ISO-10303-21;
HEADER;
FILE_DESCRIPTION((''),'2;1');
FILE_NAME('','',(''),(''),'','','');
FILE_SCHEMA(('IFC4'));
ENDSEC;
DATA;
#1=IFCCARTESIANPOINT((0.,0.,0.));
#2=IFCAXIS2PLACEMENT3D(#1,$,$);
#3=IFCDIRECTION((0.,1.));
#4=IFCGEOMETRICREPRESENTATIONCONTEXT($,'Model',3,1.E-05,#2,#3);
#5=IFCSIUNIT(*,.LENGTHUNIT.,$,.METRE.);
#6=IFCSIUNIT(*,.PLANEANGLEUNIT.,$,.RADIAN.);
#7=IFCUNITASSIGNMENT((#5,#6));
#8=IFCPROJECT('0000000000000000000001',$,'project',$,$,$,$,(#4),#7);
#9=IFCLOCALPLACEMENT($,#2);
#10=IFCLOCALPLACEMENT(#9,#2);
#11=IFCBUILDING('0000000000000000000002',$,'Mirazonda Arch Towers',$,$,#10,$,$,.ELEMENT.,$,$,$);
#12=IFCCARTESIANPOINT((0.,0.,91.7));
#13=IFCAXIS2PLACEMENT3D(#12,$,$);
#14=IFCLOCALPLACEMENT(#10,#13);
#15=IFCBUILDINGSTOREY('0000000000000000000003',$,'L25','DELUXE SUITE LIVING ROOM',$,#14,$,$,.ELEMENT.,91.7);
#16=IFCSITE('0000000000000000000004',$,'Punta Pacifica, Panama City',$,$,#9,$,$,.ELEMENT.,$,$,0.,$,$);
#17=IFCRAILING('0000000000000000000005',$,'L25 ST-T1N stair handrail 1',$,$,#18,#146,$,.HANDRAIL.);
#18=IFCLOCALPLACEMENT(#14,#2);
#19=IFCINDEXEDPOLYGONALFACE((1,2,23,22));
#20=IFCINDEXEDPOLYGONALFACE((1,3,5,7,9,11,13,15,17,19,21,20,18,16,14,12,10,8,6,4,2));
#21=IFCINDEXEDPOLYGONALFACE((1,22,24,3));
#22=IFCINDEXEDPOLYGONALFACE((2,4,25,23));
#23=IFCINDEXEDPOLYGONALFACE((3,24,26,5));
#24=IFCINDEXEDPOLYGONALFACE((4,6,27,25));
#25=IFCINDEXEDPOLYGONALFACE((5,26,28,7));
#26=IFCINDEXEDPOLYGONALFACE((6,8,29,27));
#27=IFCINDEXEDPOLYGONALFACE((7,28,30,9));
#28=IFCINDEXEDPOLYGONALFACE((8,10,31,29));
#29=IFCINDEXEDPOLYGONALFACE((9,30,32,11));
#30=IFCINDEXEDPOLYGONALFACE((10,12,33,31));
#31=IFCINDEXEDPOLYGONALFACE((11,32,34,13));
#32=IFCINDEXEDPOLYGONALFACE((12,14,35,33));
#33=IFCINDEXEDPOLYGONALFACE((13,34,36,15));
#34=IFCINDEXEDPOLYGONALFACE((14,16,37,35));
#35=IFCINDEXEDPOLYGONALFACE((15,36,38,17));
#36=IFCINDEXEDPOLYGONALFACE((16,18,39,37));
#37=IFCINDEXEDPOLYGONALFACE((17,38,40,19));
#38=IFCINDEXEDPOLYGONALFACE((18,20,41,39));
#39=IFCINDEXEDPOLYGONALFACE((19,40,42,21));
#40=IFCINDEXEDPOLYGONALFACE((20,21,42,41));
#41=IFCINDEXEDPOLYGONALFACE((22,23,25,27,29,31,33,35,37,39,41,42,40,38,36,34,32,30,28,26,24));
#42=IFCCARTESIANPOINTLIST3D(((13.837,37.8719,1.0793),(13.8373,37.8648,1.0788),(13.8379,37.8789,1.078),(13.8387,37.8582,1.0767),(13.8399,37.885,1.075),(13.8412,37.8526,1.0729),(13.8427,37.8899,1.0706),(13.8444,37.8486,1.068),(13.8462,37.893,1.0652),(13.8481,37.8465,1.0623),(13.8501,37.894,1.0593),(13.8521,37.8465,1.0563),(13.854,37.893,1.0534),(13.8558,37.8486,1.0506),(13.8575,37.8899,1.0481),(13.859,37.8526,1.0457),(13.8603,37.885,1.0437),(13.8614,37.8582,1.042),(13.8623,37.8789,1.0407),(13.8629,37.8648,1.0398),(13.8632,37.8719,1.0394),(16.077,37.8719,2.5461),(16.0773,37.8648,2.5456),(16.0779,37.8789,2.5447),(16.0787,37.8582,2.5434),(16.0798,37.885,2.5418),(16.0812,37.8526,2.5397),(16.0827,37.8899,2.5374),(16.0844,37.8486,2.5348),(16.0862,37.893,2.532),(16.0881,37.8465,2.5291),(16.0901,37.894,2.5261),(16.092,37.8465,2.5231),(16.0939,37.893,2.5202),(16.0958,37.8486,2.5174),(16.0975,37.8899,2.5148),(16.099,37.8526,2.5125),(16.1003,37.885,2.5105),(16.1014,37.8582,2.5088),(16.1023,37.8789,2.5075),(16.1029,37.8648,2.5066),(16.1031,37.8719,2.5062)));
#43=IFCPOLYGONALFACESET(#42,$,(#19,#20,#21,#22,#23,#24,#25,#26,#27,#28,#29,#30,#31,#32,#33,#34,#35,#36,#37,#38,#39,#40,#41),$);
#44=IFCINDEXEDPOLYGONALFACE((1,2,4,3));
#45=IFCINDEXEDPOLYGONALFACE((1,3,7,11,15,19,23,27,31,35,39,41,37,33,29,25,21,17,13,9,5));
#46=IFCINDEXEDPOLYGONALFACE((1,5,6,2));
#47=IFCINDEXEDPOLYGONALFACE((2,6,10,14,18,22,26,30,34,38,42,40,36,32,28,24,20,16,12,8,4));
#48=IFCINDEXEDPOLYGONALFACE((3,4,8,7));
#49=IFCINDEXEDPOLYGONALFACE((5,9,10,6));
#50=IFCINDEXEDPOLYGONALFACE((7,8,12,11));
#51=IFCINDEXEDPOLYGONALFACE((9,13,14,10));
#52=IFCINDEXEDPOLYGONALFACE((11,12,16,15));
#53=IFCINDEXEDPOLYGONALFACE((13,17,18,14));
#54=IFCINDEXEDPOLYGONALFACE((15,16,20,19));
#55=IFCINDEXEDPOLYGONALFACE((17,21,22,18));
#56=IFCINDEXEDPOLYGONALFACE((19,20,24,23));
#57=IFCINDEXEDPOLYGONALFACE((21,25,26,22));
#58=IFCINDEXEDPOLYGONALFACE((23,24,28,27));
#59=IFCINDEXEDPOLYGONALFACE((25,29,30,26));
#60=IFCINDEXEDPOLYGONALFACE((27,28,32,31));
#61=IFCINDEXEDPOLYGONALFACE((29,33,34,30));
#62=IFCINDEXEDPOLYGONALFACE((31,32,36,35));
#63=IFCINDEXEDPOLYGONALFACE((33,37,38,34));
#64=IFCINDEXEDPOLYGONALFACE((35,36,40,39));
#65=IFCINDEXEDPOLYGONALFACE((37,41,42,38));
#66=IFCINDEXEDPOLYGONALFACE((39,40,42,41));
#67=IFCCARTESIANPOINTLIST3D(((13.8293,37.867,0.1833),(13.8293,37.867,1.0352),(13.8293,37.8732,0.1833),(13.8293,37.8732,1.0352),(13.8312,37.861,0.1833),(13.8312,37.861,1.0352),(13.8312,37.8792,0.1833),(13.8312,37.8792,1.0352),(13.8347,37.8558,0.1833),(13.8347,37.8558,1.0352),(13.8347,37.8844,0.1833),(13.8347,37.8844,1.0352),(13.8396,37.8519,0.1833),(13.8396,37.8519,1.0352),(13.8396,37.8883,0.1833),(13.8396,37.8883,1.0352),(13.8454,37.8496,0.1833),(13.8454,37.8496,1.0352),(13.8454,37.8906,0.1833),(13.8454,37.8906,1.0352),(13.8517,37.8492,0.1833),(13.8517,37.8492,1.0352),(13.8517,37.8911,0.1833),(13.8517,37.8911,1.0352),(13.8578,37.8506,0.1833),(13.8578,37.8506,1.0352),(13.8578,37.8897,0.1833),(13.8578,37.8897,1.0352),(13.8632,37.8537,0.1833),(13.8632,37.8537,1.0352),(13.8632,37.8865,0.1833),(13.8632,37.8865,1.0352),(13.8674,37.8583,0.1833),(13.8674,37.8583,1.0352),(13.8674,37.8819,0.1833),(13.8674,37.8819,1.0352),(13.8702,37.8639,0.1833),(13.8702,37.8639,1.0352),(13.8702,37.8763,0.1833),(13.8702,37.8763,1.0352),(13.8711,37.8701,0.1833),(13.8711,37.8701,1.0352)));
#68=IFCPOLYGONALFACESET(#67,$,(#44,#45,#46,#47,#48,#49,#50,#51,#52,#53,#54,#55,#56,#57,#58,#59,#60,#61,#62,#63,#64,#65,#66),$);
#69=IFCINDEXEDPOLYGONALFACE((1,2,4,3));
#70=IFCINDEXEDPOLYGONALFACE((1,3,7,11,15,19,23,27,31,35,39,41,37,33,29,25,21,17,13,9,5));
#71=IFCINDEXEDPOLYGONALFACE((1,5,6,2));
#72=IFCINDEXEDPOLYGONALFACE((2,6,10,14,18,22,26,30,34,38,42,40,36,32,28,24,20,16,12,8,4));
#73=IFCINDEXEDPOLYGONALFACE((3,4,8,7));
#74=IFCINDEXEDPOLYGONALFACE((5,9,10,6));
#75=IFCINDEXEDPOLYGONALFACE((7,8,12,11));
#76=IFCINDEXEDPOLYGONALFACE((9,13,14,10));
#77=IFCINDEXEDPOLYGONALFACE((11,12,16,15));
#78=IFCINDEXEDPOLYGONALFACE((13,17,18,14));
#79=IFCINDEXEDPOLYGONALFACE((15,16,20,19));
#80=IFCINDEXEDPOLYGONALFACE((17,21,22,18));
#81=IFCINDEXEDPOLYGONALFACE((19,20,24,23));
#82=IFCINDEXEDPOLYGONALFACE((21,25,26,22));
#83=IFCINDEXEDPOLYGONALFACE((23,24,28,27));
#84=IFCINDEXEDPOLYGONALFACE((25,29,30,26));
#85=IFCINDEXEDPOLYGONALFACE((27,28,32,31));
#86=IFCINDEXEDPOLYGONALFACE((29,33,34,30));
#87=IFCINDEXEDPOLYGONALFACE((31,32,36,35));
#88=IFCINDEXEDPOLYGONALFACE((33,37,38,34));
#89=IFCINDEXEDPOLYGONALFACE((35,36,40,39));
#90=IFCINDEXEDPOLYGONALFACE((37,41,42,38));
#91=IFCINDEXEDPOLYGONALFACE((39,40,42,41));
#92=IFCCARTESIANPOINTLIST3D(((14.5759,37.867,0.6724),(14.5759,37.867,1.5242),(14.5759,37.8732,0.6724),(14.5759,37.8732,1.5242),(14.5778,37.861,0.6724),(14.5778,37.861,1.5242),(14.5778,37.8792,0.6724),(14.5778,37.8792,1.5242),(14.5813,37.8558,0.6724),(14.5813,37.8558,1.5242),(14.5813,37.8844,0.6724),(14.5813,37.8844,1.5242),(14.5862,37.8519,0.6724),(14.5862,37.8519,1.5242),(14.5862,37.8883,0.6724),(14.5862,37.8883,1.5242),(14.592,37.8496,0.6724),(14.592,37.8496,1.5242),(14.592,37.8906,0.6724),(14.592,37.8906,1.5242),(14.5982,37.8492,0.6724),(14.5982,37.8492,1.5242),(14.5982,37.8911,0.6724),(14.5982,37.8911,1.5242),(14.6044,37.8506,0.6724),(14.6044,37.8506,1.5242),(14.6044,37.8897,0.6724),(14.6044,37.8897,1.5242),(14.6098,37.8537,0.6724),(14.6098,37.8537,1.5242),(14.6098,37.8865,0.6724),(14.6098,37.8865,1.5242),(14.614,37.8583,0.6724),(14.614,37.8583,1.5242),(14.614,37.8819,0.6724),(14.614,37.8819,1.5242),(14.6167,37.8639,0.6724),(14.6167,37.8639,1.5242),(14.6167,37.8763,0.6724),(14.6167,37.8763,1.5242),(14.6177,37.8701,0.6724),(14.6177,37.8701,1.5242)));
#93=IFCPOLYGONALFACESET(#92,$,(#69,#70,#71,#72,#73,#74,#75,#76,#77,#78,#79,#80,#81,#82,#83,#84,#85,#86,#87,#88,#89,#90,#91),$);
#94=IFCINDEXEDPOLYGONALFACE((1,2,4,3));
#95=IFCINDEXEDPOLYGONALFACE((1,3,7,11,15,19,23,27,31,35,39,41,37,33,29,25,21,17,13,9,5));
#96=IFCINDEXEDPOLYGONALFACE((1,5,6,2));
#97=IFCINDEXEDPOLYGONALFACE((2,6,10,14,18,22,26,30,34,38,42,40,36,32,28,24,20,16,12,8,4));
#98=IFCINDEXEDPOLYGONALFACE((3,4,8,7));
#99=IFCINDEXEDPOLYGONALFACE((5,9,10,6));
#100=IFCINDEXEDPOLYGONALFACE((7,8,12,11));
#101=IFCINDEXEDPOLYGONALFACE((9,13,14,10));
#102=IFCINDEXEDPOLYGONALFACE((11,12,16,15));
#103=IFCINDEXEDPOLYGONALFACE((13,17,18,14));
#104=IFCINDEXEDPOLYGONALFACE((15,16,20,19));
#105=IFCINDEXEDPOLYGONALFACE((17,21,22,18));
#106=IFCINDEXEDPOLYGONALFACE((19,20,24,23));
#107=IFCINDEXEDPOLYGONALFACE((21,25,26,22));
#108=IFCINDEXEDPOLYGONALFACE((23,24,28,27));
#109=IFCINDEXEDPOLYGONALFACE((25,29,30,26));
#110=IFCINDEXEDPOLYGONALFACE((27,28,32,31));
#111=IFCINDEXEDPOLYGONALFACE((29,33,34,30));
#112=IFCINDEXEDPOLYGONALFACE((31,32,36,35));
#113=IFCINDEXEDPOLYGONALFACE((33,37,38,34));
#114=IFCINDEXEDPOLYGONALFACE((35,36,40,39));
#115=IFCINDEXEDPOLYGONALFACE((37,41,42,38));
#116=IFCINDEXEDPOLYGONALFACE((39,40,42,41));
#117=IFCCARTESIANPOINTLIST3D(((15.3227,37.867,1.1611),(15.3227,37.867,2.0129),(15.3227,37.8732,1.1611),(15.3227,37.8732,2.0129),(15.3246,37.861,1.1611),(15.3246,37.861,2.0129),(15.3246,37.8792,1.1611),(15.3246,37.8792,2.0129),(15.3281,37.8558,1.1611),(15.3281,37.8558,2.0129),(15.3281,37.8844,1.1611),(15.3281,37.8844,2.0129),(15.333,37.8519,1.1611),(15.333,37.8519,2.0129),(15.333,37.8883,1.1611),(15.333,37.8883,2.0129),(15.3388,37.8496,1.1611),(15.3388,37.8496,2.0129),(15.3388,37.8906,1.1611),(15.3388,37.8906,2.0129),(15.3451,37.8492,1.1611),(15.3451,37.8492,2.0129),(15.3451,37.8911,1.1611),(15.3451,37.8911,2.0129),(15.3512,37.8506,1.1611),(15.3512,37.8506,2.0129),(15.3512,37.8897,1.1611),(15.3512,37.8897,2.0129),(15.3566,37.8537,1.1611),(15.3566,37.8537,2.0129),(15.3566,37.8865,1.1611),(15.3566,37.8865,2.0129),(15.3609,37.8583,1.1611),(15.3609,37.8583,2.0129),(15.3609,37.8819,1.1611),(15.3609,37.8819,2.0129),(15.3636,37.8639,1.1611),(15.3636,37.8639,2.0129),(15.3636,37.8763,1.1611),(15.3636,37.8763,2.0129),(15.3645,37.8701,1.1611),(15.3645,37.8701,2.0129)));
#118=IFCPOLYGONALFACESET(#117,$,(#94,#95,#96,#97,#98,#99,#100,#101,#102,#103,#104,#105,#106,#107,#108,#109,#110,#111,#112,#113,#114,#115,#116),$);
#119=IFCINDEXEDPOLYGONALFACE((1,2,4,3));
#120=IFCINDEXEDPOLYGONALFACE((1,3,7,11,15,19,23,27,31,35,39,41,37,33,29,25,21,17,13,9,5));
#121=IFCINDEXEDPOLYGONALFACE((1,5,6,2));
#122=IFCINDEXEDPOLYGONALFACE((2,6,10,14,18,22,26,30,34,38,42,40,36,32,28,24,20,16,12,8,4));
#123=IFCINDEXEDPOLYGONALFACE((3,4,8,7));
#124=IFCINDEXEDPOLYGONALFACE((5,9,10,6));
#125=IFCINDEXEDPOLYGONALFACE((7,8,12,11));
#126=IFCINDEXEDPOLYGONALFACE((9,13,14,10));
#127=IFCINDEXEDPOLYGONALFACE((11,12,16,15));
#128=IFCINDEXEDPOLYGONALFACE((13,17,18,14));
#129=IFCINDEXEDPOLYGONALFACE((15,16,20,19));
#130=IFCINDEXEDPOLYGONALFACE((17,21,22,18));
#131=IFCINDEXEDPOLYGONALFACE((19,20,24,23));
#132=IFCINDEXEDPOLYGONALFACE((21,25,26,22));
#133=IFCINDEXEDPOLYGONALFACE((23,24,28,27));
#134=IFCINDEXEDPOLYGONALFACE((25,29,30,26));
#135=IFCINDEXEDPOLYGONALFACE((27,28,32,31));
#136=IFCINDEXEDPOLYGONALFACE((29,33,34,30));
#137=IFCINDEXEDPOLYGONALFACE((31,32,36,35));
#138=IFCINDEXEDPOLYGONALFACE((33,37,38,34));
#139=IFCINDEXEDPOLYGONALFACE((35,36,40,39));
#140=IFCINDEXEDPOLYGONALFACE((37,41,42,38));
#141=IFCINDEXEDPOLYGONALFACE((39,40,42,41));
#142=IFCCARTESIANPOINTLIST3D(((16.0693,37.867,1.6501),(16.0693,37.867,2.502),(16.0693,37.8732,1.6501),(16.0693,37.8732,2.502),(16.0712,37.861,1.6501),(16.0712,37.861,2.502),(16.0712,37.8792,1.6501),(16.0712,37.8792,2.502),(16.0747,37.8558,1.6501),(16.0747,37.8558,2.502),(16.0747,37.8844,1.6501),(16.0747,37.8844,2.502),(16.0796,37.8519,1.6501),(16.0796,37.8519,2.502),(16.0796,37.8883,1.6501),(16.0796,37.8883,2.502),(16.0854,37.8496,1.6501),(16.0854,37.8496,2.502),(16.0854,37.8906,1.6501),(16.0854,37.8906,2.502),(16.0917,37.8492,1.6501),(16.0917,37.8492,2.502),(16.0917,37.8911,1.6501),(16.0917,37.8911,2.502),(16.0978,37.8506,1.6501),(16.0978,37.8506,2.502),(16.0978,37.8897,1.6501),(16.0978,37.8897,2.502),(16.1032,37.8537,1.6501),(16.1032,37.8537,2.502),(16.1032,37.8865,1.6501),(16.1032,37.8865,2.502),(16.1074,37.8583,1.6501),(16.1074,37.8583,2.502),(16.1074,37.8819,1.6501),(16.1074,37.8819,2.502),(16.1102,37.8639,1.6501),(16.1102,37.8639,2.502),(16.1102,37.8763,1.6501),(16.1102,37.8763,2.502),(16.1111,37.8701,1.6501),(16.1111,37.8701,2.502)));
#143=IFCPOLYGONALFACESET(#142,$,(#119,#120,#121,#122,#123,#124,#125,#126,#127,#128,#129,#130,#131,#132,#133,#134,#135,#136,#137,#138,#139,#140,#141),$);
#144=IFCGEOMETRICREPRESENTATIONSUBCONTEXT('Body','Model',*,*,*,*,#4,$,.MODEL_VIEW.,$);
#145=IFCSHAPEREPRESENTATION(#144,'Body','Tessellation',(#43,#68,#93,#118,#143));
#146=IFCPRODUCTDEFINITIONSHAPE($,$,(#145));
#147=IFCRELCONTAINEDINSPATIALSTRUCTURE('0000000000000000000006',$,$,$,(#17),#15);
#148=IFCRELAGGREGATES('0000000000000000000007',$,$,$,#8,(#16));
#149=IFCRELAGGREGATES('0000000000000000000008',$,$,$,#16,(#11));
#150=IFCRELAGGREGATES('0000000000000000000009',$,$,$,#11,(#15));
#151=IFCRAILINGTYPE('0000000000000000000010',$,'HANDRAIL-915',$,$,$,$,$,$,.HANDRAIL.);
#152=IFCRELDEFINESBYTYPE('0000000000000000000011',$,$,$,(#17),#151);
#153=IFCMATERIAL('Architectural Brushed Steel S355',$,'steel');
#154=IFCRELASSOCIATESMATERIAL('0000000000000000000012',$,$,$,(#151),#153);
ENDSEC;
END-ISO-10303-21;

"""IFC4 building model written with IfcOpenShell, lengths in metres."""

from ifc_helpers import new_model, si_unit, direction, frame, origin, origin_2d, place, context, subcontext, project, spatial, circle, extrude, material, type_object, element, save


model = new_model("IFC4")

# Units and contexts
model_context = context("Model", 3, precision=1e-05, world=origin(), true_north=direction((0.0, 1.0)))
body_context = subcontext(model_context, "Body", "Model", "MODEL_VIEW")
ifc_project = project(units=[si_unit("LENGTHUNIT", "METRE"), si_unit("PLANEANGLEUNIT", "RADIAN")], contexts=[model_context])

# Site, building, storey
site_placement = place(None, origin())
site = spatial("IfcSite", under=ifc_project, at=site_placement, Name="Punta Pacifica, Panama City", CompositionType="ELEMENT", RefElevation=0.0)
building_placement = place(site_placement, origin())
building = spatial("IfcBuilding", under=site, at=building_placement, Name="Mirazonda Arch Towers", CompositionType="ELEMENT")
storey_placement = place(building_placement, frame((0.0, 0.0, 91.7)))
storey = spatial("IfcBuildingStorey", under=building, at=storey_placement, Name="L25", Description="DELUXE SUITE LIVING ROOM", CompositionType="ELEMENT", Elevation=91.7)

# Shared definitions
ifc_material_1 = material(Name="Architectural Brushed Steel S355", Category="steel")

# Railing
railing_type = type_object("IfcRailingType", Name="HANDRAIL-915", PredefinedType="HANDRAIL", material=ifc_material_1)
railing_placement = place(storey_placement, frame((13.8501, 37.8701, 0.1833)))
element("IfcRailing", 1, at=railing_placement, inside=storey, type_object=railing_type, Name="L25 ST-T1N stair handrail 1", PredefinedType="HANDRAIL", context=body_context, shape_type="SweptSolid", body=[
    extrude(circle(Radius=0.0239, at=origin_2d()), frame((0.0, 0.0, 0.876), z_axis=(0.836595, 0.0, 0.547822), x_axis=(0.0, 1.0, 0.0)), (0.0, 0.0, 1.0), 2.6775),
    extrude(circle(Radius=0.021, at=origin_2d()), origin(), (0.0, 0.0, 1.0), 0.8518),
    extrude(circle(Radius=0.021, at=origin_2d()), frame((0.7466, 0.0, 0.489)), (0.0, 0.0, 1.0), 0.8518),
    extrude(circle(Radius=0.021, at=origin_2d()), frame((1.4934, 0.0, 0.9778)), (0.0, 0.0, 1.0), 0.8518),
    extrude(circle(Radius=0.021, at=origin_2d()), frame((2.24, 0.0, 1.4668)), (0.0, 0.0, 1.0), 0.8518),
])

save(model, "model.ifc")
